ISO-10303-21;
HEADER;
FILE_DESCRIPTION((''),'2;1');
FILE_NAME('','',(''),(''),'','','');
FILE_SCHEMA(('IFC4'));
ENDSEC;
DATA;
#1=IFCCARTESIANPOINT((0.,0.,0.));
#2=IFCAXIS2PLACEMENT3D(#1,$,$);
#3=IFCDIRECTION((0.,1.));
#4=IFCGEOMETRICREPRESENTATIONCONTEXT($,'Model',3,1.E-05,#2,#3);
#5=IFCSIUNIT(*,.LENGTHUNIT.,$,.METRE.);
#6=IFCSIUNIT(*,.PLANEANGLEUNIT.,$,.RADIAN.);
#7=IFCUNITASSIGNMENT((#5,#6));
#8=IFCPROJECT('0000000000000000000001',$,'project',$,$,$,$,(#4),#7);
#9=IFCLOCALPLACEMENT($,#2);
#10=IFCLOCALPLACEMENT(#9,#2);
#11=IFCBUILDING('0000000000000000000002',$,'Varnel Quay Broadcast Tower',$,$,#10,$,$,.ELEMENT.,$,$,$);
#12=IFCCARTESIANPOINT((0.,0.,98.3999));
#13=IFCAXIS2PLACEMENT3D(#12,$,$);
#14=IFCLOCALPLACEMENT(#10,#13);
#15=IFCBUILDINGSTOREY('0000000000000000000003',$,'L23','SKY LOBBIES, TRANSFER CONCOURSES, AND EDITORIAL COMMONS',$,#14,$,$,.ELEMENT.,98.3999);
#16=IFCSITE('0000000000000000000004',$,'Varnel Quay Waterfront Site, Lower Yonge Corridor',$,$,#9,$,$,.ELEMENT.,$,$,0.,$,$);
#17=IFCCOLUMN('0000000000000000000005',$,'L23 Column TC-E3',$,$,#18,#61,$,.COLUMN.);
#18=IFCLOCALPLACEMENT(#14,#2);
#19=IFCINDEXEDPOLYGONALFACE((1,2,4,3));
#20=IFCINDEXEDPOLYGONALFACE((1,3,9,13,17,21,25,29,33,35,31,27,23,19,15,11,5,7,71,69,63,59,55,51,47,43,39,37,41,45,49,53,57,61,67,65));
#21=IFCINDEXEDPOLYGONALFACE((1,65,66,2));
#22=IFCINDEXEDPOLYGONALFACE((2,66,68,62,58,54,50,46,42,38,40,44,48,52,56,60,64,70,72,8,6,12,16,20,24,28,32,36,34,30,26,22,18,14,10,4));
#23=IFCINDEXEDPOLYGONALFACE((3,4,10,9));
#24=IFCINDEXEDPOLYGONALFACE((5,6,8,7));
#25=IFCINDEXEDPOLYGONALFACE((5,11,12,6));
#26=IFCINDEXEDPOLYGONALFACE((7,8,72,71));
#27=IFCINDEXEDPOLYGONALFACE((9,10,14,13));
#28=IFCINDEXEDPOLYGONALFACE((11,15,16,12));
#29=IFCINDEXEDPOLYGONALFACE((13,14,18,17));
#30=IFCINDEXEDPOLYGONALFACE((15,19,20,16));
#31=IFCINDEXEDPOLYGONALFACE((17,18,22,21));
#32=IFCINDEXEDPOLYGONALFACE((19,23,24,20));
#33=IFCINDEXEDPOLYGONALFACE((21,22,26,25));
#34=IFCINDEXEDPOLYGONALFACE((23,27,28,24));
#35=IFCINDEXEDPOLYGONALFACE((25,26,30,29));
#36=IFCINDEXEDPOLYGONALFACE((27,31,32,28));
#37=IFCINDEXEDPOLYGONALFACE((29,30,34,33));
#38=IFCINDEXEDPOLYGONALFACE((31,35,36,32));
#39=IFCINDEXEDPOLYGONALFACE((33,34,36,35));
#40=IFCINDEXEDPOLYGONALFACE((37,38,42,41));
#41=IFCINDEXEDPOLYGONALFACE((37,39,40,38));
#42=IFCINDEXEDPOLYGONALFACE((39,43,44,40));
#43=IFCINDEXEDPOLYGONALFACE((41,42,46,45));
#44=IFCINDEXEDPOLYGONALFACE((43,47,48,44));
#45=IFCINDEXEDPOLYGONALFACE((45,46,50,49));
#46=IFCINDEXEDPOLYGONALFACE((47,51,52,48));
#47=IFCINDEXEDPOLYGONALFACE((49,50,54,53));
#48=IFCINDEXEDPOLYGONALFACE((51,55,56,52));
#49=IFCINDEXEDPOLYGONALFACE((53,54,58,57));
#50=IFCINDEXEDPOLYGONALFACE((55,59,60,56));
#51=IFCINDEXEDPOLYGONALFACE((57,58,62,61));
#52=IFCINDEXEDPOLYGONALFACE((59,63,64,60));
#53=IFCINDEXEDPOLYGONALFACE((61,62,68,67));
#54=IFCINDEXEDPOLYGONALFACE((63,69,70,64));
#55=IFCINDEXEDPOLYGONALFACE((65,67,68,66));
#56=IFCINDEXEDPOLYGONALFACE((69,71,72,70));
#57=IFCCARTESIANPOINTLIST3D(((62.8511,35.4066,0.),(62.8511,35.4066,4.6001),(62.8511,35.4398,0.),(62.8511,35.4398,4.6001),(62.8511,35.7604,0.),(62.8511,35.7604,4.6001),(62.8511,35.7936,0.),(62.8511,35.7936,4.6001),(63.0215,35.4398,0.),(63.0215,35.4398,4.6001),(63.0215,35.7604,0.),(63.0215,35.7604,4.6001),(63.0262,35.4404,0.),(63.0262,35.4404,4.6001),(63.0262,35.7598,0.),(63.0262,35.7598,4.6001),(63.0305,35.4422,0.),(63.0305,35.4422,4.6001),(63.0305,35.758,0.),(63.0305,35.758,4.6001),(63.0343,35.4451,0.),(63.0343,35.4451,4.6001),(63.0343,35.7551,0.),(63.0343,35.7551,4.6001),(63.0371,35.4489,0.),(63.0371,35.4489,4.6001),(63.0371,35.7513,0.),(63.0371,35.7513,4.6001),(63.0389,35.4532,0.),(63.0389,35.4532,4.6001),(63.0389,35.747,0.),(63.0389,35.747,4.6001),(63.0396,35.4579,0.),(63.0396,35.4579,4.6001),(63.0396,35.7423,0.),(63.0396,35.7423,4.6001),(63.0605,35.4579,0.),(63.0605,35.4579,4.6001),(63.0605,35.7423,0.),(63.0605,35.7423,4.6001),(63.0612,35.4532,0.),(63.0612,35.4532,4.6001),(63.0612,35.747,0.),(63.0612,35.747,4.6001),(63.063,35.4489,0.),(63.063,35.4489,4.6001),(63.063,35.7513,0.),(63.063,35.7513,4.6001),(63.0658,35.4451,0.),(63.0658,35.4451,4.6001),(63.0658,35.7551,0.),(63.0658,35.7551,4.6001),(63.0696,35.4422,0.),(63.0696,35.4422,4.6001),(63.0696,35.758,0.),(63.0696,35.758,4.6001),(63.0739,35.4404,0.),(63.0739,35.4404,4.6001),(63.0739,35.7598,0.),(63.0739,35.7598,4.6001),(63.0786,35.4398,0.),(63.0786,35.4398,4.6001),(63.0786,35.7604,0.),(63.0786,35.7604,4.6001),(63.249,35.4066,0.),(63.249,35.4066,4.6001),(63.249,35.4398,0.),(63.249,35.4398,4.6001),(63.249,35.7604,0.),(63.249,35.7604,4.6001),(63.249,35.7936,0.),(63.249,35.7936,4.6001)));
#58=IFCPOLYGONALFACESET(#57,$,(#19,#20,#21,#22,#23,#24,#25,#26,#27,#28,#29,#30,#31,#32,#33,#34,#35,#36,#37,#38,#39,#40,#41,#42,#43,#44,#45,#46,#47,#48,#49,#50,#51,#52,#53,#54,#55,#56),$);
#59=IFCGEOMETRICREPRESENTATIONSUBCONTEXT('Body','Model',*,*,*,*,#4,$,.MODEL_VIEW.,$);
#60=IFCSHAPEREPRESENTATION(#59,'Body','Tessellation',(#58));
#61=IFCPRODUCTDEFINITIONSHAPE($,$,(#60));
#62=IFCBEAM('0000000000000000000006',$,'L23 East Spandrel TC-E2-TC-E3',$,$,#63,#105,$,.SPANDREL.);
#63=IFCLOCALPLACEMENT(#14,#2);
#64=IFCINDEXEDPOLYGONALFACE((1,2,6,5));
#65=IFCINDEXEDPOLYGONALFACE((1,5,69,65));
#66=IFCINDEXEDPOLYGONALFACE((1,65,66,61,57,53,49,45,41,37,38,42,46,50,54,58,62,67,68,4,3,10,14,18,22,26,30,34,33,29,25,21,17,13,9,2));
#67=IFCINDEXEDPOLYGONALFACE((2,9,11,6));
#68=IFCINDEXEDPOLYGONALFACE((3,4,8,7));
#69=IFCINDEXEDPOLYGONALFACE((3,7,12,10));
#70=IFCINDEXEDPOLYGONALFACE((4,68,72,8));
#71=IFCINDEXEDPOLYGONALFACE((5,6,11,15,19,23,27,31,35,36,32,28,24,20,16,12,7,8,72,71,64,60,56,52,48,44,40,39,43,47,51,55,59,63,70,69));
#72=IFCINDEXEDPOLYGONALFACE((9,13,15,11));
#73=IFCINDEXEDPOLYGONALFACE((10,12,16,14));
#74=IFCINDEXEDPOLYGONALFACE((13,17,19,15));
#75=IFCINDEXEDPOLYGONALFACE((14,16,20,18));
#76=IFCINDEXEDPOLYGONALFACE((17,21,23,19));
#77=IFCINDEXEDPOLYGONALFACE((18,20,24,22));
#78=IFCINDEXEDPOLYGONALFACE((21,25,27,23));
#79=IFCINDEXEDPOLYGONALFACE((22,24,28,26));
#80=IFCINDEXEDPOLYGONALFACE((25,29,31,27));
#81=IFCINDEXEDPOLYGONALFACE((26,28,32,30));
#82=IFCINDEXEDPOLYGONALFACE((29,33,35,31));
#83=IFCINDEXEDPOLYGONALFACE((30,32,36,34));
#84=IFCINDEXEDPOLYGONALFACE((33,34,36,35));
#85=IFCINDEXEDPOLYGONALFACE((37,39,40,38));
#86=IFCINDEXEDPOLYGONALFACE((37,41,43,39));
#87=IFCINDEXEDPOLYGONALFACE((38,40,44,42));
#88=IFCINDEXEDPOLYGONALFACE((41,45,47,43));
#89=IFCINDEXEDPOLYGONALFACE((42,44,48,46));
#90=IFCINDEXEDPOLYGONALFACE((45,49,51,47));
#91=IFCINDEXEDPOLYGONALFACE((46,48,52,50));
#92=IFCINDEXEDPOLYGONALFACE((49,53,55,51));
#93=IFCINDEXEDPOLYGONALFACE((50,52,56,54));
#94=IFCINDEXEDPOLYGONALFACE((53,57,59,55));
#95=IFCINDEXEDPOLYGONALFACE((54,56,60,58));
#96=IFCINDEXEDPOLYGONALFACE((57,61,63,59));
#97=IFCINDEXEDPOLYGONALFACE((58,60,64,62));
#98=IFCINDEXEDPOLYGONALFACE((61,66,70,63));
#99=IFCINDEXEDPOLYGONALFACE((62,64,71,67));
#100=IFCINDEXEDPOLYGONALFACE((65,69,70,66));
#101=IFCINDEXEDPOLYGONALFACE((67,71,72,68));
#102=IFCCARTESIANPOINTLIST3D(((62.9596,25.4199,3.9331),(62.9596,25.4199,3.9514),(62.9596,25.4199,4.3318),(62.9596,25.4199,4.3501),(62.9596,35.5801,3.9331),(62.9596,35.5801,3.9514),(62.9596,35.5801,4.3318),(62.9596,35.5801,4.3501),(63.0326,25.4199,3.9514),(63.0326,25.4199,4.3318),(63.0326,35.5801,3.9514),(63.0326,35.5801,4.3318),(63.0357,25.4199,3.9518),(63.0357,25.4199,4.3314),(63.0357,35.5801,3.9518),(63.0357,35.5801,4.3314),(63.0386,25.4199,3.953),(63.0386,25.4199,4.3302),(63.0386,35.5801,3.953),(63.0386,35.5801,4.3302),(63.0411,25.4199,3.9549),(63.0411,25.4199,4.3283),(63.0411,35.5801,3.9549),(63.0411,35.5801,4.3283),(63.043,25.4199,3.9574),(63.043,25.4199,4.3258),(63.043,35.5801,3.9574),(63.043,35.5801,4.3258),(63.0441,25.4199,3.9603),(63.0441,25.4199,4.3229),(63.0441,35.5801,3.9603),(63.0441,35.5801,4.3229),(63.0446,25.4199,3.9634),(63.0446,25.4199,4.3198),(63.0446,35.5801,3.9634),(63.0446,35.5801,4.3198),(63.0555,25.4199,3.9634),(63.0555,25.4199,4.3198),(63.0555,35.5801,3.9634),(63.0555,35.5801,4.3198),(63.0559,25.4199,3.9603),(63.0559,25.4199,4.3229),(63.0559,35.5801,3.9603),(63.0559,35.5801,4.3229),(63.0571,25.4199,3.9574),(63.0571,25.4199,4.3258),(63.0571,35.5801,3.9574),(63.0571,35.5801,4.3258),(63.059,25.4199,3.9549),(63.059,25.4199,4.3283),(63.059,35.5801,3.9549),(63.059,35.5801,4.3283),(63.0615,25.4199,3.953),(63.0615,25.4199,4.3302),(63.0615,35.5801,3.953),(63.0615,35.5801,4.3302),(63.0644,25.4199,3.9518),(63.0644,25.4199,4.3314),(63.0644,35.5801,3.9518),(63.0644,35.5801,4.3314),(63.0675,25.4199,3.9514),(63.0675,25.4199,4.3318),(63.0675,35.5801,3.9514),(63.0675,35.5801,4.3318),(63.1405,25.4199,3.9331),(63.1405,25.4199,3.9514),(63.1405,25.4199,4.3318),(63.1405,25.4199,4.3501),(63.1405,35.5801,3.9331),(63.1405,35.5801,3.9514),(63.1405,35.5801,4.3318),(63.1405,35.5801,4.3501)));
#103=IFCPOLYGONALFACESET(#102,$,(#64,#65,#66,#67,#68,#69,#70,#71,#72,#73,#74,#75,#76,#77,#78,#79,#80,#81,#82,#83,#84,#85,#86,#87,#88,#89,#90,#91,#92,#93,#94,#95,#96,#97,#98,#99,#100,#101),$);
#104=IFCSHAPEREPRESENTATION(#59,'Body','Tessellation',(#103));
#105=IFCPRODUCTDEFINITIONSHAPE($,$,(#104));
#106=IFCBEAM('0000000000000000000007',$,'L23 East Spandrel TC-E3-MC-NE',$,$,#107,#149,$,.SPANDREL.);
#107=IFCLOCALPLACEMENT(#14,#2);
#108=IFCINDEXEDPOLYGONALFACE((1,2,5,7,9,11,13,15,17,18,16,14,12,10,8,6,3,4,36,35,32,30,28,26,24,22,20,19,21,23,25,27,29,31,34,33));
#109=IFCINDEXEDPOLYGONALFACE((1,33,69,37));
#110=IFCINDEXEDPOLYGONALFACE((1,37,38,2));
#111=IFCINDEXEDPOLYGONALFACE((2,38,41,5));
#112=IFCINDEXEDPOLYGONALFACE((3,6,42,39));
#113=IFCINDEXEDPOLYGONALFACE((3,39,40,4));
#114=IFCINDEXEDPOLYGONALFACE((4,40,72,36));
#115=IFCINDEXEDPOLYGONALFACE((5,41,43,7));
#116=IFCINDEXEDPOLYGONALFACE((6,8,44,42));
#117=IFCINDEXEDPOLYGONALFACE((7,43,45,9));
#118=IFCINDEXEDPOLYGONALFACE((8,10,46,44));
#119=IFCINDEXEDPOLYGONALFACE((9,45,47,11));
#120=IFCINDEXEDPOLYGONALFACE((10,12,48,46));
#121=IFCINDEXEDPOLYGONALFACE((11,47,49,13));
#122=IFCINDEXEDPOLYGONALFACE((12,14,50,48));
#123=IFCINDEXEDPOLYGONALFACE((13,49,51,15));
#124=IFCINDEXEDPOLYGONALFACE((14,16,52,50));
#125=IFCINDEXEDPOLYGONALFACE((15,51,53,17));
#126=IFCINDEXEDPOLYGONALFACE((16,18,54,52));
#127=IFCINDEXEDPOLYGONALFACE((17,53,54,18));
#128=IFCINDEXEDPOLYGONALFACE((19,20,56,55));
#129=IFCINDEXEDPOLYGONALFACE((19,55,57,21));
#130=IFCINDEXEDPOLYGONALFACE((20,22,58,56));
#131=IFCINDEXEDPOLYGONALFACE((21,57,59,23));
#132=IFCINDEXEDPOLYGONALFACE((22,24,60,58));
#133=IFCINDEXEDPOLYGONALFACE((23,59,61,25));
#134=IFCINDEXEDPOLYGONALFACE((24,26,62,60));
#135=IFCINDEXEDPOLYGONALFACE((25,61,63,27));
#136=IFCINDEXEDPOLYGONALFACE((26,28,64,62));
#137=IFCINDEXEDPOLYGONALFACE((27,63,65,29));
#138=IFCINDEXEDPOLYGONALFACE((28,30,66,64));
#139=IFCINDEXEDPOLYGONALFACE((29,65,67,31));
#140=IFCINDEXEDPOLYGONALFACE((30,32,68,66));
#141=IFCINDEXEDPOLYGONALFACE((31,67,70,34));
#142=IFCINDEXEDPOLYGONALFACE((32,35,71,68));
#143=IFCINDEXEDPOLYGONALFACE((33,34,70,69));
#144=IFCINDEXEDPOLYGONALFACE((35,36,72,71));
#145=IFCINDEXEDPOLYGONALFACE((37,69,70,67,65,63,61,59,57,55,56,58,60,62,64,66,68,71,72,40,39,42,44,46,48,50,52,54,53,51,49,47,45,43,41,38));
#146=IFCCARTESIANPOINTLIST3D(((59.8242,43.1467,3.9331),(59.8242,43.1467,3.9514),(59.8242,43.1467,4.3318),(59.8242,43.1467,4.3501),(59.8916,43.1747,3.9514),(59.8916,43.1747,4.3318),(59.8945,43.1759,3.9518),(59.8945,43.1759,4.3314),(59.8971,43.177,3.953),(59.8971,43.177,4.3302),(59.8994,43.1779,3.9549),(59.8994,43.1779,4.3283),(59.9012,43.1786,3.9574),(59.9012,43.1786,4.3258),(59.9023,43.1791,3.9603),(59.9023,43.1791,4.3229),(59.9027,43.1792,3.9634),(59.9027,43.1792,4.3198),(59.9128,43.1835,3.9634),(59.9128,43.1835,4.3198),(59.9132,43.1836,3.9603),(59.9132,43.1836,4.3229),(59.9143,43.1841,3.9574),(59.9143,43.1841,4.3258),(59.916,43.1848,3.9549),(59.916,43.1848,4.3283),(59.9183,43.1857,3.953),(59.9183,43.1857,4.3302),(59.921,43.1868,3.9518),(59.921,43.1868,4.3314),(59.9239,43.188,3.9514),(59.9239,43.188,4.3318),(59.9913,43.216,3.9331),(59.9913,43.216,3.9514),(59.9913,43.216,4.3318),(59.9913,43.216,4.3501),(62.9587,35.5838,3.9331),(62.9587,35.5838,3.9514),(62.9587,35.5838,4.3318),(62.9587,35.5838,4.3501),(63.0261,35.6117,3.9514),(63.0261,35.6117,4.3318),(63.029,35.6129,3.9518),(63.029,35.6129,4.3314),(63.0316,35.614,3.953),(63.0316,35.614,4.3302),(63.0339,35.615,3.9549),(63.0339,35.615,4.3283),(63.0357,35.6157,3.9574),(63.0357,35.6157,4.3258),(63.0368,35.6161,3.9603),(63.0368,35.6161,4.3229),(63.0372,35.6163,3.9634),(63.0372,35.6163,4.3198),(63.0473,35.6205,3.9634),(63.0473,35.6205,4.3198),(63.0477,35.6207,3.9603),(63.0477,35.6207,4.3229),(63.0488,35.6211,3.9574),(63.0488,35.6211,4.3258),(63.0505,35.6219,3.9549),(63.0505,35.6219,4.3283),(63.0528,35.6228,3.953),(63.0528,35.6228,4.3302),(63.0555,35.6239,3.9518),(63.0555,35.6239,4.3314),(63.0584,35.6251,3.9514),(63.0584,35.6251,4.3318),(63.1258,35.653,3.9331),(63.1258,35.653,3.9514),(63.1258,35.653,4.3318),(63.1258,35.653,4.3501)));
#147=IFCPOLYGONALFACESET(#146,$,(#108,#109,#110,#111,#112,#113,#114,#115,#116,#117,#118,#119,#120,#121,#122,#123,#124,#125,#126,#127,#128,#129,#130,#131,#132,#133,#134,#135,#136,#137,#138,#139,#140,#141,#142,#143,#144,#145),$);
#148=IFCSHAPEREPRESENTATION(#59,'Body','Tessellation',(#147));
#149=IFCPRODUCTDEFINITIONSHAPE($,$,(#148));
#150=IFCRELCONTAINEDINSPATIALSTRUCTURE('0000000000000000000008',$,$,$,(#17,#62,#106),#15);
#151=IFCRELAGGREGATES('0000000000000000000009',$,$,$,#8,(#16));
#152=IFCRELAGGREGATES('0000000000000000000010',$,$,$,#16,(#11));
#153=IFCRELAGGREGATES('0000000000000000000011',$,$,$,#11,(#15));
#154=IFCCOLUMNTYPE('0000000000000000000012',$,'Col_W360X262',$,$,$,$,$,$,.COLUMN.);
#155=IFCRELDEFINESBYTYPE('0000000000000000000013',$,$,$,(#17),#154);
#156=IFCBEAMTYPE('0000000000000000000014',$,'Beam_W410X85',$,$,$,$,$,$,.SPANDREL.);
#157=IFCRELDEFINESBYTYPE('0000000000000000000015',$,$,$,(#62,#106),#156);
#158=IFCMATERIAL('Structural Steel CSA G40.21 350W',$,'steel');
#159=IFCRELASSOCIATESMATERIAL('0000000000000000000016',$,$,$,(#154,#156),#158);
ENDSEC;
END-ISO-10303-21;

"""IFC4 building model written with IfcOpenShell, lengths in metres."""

from ifc_helpers import new_model, si_unit, direction, frame, origin, origin_2d, place, context, subcontext, project, spatial, i_section, extrude, source, transform, mapped, material, material_profile, profile_set, type_object, type_shapes, element, save


model = new_model("IFC4")

# Units and contexts
model_context = context("Model", 3, precision=1e-05, world=origin(), true_north=direction((0.0, 1.0)))
body_context = subcontext(model_context, "Body", "Model", "MODEL_VIEW")
ifc_project = project(units=[si_unit("LENGTHUNIT", "METRE"), si_unit("PLANEANGLEUNIT", "RADIAN")], contexts=[model_context])

# Site, building, storey
site_placement = place(None, origin())
site = spatial("IfcSite", under=ifc_project, at=site_placement, Name="Varnel Quay Waterfront Site, Lower Yonge Corridor", CompositionType="ELEMENT", RefElevation=0.0)
building_placement = place(site_placement, origin())
building = spatial("IfcBuilding", under=site, at=building_placement, Name="Varnel Quay Broadcast Tower", CompositionType="ELEMENT")
storey_placement = place(building_placement, frame((0.0, 0.0, 98.3999)))
storey = spatial("IfcBuildingStorey", under=building, at=storey_placement, Name="L23", Description="SKY LOBBIES, TRANSFER CONCOURSES, AND EDITORIAL COMMONS", CompositionType="ELEMENT", Elevation=98.3999)

# Column
ifc_material_1 = material(Name="Structural Steel CSA G40.21 350W", Category="steel")
ifc_material_profile_1 = material_profile(ifc_material_1, i_section(OverallWidth=0.3979, OverallDepth=0.387, WebThickness=0.021, FlangeThickness=0.0332, FilletRadius=0.0181, at=origin_2d()), Name="W360X262")
ifc_profile_set_1 = profile_set([ifc_material_profile_1], Name="Structural Steel CSA G40.21 350W")
column_type_1 = type_object("IfcColumnType", Name="Col_W360X262", PredefinedType="COLUMN", material=ifc_profile_set_1)
shared_shape_1 = source(origin(), body_context, "Body", "SweptSolid", [
    extrude(i_section(OverallWidth=0.3979, OverallDepth=0.387, WebThickness=0.021, FlangeThickness=0.0332, FilletRadius=0.0181, at=origin_2d()), origin(), (0.0, 0.0, 1.0), 4.6001),
])
type_shapes(column_type_1, [shared_shape_1])
for number, where, z_axis, x_axis, name in (
    (1, (63.05, 35.6001, 0.0), (0.0, 0.0, 1.0), (1.0, 0.0, 0.0), "L23 Column TC-E3"),
):
    element("IfcColumn", number, at=place(storey_placement, frame(where, z_axis=z_axis, x_axis=x_axis)), inside=storey, type_object=column_type_1, Name=name, PredefinedType="COLUMN", context=body_context, shape_type="MappedRepresentation", body=[
        mapped(shared_shape_1, transform((0.0, 0.0, 0.0), x_axis=(1.0, 0.0, 0.0), y_axis=(0.0, 1.0, 0.0), z_axis=(0.0, 0.0, 1.0), scale=1.0)),
    ])

# Beams
ifc_material_profile_2 = material_profile(ifc_material_1, i_section(OverallWidth=0.1809, OverallDepth=0.417, WebThickness=0.011, FlangeThickness=0.0183, FilletRadius=0.012, at=origin_2d()), Name="W410X85")
ifc_profile_set_2 = profile_set([ifc_material_profile_2], Name="Structural Steel CSA G40.21 350W")
beam_type_1 = type_object("IfcBeamType", Name="Beam_W410X85", PredefinedType="SPANDREL", material=ifc_profile_set_2)
shared_shape_2 = source(origin(), body_context, "Body", "SweptSolid", [
    extrude(i_section(OverallWidth=0.1809, OverallDepth=0.417, WebThickness=0.011, FlangeThickness=0.0183, FilletRadius=0.012, at=origin_2d()), origin(), (0.0, 0.0, 1.0), 10.1602),
])
beam_1_placement = place(storey_placement, frame((63.05, 25.4199, 4.1416), z_axis=(0.0, 1.0, 0.0), x_axis=(-1.0, 0.0, 0.0)))
element("IfcBeam", 2, at=beam_1_placement, inside=storey, type_object=beam_type_1, Name="L23 East Spandrel TC-E2-TC-E3", PredefinedType="SPANDREL", context=body_context, shape_type="MappedRepresentation", body=[
    mapped(shared_shape_2, transform((0.0, 0.0, 0.0), x_axis=(1.0, 0.0, 0.0), y_axis=(0.0, 1.0, 0.0), z_axis=(0.0, 0.0, 1.0), scale=1.0)),
])
shared_shape_3 = source(origin(), body_context, "Body", "SweptSolid", [
    extrude(i_section(OverallWidth=0.1809, OverallDepth=0.417, WebThickness=0.011, FlangeThickness=0.0183, FilletRadius=0.012, at=origin_2d()), origin(), (0.0, 0.0, 1.0), 8.1868),
])
beam_2_placement = place(storey_placement, frame((63.0422, 35.6184, 4.1416), z_axis=(-0.382874, 0.923801, 0.0), x_axis=(-0.923801, -0.382874, 0.0)))
element("IfcBeam", 3, at=beam_2_placement, inside=storey, type_object=beam_type_1, Name="L23 East Spandrel TC-E3-MC-NE", PredefinedType="SPANDREL", context=body_context, shape_type="MappedRepresentation", body=[
    mapped(shared_shape_3, transform((0.0, 0.0, 0.0), x_axis=(1.0, 0.0, 0.0), y_axis=(0.0, 1.0, 0.0), z_axis=(0.0, 0.0, 1.0), scale=1.0)),
])

save(model, "model.ifc")
